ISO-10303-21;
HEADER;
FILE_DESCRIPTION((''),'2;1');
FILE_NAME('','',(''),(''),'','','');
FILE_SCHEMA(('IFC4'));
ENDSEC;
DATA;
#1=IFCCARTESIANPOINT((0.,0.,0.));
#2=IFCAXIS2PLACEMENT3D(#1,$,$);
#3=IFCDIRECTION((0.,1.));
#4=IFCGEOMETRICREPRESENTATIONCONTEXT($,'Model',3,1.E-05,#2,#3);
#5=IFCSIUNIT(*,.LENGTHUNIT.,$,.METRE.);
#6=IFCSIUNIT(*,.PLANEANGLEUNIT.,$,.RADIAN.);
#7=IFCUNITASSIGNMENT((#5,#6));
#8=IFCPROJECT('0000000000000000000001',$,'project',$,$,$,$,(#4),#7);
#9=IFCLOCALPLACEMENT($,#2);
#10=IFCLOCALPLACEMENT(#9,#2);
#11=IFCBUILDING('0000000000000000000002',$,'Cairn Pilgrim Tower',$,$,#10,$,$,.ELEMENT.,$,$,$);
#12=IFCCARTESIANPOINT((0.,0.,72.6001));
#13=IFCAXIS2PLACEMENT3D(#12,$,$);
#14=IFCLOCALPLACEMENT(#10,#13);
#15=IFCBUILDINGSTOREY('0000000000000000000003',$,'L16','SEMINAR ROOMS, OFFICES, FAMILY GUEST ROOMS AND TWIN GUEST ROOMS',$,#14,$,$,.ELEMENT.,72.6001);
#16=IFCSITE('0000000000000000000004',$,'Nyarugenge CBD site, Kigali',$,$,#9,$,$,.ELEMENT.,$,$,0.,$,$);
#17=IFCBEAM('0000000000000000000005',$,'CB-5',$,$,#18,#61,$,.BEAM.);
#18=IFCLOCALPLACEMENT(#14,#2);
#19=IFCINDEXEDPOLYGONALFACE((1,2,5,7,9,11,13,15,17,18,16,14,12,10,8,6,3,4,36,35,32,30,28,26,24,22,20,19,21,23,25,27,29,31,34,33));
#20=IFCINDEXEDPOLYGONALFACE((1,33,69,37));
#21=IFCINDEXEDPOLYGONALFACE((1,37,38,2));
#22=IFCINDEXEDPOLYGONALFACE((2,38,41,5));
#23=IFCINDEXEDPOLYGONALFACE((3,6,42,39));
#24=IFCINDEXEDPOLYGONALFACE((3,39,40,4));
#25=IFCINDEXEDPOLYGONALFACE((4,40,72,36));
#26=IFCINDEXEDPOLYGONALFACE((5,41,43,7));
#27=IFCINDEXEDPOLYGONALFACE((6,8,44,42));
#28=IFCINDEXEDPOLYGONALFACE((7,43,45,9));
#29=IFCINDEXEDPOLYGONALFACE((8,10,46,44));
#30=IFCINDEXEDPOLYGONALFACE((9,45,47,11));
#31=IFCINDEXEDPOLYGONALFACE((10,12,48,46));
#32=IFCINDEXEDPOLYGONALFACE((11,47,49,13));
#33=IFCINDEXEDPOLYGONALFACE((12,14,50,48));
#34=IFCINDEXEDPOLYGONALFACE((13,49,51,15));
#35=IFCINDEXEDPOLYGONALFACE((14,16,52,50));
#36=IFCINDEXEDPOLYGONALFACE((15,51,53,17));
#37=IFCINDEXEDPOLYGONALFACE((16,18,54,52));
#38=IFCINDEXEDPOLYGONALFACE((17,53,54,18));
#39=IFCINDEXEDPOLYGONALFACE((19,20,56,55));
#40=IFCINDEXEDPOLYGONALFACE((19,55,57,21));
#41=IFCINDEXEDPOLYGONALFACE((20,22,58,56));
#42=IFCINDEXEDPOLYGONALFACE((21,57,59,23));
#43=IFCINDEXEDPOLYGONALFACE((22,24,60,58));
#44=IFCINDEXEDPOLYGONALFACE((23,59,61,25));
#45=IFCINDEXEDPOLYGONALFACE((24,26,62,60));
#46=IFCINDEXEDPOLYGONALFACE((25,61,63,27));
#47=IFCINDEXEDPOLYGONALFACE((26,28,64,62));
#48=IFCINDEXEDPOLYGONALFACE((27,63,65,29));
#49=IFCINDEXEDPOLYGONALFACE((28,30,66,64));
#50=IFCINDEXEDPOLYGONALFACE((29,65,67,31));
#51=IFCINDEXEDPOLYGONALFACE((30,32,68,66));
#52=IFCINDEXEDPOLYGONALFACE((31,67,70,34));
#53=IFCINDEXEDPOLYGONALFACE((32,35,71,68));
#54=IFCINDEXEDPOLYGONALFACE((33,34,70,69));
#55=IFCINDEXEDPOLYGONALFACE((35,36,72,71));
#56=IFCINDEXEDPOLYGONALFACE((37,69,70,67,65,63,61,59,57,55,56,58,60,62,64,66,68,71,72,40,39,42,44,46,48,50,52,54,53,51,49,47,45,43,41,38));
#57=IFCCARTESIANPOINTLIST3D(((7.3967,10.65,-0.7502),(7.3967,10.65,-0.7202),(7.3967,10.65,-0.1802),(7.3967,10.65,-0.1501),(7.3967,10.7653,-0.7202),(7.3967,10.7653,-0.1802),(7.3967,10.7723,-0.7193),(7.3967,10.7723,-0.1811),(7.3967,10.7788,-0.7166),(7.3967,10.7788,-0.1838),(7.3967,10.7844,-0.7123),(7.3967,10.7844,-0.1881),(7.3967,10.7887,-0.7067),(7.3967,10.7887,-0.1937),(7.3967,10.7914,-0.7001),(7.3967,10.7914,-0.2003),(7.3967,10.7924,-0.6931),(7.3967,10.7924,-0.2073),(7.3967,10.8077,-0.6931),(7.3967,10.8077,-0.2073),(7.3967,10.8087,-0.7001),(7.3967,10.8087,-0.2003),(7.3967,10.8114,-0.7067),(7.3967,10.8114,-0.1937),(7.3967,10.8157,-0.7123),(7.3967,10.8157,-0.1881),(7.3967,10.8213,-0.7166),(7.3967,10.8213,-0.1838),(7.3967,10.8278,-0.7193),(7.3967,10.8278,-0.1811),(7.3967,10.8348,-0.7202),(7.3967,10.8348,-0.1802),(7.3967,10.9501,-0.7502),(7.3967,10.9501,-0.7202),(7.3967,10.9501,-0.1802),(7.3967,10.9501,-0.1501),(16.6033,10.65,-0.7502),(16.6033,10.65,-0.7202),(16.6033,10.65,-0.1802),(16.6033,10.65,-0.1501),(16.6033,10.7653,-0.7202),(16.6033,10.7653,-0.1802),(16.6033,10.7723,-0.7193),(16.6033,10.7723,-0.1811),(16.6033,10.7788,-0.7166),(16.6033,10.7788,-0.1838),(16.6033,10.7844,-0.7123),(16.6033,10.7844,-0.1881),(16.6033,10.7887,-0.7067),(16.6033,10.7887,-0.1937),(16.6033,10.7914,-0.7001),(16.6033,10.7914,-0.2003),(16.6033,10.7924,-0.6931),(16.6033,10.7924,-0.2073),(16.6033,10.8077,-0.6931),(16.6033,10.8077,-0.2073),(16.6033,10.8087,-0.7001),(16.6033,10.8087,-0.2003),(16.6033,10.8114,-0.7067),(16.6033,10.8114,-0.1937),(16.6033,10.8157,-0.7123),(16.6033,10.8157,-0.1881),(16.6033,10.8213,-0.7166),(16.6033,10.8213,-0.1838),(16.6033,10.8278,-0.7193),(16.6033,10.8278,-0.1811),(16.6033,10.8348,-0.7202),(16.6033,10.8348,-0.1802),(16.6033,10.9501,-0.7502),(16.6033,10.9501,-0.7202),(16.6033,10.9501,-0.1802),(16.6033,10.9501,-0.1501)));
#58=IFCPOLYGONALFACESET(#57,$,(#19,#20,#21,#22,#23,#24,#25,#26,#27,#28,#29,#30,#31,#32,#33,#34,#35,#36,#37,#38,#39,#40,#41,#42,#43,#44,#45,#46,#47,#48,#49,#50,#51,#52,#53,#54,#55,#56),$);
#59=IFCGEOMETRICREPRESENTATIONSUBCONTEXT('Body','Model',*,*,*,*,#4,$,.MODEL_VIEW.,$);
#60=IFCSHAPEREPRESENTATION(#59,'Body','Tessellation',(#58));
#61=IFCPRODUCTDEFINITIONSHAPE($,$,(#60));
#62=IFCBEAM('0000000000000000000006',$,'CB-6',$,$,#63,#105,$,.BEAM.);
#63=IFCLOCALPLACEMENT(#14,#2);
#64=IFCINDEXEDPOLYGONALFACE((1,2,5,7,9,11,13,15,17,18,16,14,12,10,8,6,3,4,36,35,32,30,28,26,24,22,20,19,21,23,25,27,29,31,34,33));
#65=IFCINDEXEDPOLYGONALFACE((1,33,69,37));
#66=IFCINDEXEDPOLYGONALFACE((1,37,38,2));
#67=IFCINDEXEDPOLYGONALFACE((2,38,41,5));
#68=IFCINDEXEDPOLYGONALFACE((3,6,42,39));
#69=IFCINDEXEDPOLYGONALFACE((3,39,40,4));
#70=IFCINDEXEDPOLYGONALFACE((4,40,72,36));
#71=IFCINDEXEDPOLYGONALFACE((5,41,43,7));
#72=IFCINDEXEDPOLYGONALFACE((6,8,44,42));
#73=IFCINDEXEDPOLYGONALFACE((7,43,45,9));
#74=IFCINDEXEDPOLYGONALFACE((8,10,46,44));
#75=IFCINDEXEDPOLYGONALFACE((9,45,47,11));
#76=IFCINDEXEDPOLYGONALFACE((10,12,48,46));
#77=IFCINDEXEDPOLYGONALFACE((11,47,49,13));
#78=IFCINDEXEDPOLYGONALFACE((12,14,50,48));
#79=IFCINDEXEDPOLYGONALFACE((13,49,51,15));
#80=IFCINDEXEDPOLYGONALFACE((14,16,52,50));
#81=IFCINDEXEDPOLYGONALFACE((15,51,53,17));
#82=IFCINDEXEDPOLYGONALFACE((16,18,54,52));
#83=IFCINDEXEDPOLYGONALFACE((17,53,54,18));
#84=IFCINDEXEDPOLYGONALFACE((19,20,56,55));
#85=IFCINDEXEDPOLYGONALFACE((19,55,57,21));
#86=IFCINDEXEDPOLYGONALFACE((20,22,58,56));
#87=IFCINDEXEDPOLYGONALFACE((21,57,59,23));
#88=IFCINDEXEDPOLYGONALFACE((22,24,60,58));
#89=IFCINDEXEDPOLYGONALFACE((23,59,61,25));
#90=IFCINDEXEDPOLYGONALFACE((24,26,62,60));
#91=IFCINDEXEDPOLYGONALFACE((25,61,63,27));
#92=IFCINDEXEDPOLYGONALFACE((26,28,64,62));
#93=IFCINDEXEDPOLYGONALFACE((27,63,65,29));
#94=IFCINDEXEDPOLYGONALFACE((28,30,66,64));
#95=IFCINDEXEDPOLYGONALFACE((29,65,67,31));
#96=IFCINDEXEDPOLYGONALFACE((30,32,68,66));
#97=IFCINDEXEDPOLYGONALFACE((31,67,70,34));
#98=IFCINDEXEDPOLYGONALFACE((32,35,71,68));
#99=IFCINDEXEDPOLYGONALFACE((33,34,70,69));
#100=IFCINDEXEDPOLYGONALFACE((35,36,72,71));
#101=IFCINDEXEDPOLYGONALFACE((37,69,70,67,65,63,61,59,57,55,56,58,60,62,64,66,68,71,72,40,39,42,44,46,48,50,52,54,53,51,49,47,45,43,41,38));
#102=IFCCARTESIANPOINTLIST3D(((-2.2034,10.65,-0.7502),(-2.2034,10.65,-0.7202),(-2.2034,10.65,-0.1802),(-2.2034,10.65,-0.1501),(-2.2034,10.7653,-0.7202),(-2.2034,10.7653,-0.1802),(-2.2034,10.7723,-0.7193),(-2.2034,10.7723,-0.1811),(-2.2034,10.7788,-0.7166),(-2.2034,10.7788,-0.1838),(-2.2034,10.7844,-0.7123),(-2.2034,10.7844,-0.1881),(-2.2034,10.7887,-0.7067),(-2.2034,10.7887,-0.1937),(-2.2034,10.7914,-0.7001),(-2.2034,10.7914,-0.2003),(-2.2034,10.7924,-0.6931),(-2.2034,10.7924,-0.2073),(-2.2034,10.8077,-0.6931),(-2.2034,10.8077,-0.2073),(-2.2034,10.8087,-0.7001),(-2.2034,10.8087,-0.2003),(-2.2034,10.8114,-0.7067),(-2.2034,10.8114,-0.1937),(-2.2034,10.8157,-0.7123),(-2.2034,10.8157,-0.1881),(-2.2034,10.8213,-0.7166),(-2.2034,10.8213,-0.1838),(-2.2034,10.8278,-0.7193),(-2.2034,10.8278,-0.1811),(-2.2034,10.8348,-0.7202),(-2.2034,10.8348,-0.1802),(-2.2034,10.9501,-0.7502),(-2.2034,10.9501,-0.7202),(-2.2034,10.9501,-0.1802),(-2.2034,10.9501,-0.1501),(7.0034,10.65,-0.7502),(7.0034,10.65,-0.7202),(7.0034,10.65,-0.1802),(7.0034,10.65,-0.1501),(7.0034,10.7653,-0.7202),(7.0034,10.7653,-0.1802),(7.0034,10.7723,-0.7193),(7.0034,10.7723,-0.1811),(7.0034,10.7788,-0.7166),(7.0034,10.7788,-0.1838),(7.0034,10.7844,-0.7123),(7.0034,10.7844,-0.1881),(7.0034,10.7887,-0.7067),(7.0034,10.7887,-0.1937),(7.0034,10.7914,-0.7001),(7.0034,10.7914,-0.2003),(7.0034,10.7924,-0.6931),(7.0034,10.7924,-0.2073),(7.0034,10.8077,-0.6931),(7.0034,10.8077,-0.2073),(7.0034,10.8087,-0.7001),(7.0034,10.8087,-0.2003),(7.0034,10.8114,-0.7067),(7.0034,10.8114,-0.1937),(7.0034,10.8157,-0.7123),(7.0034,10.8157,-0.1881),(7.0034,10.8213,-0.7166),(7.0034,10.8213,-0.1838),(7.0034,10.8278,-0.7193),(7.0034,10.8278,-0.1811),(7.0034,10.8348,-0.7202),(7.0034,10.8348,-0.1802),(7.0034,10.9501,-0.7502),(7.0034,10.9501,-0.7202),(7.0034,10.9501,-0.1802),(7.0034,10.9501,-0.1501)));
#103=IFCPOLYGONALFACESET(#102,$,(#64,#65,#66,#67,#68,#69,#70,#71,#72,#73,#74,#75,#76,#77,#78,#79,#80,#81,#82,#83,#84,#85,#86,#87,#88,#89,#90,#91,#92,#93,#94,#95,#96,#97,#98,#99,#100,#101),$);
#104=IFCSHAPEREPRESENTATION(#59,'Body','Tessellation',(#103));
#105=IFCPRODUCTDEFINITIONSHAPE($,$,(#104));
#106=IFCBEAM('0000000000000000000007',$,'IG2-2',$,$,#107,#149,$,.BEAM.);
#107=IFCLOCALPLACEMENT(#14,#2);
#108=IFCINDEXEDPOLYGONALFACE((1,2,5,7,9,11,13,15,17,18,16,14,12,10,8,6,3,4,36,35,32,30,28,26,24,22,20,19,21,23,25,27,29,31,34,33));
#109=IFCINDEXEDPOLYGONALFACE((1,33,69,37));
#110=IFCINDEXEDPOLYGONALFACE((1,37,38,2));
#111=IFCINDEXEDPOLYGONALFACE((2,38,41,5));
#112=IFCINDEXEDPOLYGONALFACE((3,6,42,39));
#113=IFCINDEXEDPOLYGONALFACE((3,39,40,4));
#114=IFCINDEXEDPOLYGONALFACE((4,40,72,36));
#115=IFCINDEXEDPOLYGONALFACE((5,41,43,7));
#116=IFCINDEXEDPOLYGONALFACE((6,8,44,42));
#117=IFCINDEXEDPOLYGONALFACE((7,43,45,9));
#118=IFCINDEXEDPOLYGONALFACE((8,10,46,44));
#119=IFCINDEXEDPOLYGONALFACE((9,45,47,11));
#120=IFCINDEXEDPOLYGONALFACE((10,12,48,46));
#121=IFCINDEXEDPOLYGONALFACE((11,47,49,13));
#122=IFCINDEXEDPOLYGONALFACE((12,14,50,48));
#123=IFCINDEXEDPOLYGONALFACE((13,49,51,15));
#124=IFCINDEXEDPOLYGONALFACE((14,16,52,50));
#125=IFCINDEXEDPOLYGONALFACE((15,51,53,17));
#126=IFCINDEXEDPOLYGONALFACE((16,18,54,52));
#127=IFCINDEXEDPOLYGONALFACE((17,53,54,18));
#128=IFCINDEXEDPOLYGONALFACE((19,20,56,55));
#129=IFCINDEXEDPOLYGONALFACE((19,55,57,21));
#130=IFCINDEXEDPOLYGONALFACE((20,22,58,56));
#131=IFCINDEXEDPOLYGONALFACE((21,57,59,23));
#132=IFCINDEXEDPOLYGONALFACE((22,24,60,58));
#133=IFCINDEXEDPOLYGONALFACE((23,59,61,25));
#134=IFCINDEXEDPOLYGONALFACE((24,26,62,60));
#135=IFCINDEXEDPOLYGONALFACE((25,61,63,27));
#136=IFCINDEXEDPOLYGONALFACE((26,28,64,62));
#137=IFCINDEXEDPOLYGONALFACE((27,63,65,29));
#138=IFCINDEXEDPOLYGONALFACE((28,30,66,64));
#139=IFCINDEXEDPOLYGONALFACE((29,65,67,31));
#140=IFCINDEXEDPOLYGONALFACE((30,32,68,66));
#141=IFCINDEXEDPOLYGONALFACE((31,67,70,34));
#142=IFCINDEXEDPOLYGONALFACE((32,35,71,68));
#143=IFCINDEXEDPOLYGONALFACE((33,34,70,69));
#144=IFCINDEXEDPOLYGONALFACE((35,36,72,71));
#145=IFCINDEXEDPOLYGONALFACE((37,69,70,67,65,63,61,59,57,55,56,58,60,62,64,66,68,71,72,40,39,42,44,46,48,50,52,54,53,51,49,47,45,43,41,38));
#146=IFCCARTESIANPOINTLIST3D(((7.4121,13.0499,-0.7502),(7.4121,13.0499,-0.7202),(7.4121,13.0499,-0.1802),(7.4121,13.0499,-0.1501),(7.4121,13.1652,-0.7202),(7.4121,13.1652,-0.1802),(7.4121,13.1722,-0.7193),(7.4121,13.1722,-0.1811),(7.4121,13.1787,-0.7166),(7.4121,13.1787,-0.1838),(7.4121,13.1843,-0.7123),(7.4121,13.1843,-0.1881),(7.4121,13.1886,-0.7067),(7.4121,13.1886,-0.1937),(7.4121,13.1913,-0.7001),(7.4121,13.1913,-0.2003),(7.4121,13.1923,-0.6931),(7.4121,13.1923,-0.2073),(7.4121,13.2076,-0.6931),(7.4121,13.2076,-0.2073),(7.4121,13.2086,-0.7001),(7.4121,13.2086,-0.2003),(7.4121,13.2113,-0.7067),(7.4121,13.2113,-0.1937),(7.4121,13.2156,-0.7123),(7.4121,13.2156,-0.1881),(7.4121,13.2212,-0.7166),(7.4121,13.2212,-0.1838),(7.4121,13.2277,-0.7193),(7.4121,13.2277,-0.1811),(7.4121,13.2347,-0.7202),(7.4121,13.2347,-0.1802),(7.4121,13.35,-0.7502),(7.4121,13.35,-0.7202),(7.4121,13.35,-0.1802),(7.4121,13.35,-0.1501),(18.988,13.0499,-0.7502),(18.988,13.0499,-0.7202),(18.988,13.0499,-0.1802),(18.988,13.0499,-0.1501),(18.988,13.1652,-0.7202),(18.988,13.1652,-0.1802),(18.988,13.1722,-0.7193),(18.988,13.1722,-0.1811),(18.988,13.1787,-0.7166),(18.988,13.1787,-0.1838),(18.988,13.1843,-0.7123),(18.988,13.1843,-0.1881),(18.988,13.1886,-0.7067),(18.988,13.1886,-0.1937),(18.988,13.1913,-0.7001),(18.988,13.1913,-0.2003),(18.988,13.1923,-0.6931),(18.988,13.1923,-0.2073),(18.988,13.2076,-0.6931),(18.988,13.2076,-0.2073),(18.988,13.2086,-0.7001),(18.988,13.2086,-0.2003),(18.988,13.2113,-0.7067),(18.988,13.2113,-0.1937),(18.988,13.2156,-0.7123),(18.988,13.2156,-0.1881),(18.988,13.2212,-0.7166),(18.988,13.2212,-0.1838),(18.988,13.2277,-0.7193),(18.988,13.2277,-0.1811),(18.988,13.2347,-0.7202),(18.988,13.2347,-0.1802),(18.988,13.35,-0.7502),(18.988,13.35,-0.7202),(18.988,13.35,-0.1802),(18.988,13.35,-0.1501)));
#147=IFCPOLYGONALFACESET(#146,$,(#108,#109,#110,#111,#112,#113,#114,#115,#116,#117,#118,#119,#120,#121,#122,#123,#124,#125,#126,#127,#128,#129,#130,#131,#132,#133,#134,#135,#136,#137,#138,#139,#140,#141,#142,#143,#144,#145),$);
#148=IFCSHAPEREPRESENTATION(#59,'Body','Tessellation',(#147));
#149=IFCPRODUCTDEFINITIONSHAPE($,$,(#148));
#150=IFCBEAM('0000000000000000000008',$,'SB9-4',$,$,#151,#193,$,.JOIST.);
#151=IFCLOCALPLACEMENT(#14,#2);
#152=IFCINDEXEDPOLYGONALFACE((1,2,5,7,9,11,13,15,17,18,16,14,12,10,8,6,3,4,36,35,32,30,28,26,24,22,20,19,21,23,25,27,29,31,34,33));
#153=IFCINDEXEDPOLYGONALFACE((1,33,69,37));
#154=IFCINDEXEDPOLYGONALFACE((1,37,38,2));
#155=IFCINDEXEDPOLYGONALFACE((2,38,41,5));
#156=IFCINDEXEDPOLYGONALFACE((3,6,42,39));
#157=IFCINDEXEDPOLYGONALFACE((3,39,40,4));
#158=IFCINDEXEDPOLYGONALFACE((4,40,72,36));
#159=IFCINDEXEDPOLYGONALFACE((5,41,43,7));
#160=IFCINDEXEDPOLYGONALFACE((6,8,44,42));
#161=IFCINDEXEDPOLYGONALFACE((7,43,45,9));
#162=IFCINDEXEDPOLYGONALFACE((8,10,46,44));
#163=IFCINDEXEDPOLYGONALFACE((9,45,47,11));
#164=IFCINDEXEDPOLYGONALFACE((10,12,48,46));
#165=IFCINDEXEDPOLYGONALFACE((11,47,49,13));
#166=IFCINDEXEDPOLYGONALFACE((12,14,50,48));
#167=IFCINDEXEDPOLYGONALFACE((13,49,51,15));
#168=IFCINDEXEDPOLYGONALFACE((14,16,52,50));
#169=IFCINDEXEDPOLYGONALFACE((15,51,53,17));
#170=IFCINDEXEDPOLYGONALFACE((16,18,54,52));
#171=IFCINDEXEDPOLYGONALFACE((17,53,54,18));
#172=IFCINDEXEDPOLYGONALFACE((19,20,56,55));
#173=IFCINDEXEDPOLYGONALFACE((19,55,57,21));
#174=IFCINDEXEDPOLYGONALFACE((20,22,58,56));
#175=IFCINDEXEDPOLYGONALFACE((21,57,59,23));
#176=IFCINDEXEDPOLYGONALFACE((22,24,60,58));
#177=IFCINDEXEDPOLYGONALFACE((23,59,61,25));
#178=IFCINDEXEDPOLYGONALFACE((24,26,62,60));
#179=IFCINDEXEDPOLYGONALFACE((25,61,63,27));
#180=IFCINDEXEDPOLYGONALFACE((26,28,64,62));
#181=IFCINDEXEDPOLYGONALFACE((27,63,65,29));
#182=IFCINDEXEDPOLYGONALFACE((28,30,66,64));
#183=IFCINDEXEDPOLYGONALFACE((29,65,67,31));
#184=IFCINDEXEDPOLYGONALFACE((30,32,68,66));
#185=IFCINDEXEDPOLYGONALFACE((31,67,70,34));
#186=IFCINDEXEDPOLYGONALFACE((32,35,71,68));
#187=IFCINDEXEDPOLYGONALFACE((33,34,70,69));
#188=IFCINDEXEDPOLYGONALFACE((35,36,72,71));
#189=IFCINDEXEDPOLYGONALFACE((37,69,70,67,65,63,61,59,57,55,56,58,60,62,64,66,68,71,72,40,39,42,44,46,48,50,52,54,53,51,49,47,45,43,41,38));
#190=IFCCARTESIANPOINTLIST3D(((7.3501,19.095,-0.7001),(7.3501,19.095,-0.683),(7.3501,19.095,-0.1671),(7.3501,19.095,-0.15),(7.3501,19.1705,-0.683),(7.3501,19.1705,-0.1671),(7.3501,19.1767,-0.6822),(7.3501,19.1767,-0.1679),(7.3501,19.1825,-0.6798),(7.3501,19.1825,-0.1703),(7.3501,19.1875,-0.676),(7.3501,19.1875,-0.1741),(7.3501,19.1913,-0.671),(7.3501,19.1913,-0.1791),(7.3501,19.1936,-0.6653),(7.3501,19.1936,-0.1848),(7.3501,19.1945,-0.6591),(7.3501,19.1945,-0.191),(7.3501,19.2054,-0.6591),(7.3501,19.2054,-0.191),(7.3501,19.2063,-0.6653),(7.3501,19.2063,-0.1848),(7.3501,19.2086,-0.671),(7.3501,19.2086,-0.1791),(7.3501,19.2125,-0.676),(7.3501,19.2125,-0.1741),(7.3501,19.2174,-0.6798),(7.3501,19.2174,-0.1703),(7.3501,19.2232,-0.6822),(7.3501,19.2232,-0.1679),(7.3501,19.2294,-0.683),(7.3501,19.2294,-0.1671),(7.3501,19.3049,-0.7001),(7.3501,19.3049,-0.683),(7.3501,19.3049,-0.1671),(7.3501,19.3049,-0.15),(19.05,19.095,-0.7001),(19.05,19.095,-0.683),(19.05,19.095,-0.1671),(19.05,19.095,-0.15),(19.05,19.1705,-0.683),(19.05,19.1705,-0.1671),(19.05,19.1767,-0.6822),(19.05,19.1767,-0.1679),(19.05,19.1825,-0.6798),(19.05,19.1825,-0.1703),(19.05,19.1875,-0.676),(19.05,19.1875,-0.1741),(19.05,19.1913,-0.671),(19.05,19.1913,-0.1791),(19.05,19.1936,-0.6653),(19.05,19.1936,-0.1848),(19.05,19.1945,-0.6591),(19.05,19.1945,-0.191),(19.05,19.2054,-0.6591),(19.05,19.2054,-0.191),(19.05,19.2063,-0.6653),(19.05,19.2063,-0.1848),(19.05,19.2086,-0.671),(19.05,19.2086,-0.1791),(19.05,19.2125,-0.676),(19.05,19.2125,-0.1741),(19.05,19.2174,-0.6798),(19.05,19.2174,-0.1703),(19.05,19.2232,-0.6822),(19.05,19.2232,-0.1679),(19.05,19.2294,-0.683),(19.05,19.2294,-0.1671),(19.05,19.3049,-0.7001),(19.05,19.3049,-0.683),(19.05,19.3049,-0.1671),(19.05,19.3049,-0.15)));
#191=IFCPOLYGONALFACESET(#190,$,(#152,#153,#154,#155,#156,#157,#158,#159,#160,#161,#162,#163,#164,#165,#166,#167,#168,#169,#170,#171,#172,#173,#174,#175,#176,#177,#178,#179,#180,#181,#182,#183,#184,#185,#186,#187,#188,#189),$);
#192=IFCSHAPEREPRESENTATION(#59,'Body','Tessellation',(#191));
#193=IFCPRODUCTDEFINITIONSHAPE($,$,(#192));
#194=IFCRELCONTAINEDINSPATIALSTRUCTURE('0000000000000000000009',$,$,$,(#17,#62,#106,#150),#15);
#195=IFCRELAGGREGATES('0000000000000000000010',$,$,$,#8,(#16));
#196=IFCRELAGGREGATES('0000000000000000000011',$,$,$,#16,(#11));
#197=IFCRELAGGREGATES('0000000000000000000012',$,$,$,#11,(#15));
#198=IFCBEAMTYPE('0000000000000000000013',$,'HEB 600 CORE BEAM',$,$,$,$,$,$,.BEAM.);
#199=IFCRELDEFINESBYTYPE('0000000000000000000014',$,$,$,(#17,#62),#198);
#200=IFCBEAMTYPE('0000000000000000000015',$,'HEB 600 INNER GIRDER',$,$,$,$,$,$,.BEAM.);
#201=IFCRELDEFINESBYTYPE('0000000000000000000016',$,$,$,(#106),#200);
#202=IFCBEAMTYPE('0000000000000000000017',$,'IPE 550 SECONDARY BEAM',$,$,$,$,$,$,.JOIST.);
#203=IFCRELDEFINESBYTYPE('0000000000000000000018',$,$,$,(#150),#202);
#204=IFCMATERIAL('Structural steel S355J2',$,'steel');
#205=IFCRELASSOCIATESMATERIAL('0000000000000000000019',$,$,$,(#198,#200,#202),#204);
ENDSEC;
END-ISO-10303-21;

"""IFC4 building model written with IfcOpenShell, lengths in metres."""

from ifc_helpers import new_model, si_unit, direction, frame, origin, origin_2d, place, context, subcontext, project, spatial, i_section, extrude, material, material_profile, profile_set, type_object, element, save


model = new_model("IFC4")

# Units and contexts
model_context = context("Model", 3, precision=1e-05, world=origin(), true_north=direction((0.0, 1.0)))
body_context = subcontext(model_context, "Body", "Model", "MODEL_VIEW")
ifc_project = project(units=[si_unit("LENGTHUNIT", "METRE"), si_unit("PLANEANGLEUNIT", "RADIAN")], contexts=[model_context])

# Site, building, storey
site_placement = place(None, origin())
site = spatial("IfcSite", under=ifc_project, at=site_placement, Name="Nyarugenge CBD site, Kigali", CompositionType="ELEMENT", RefElevation=0.0)
building_placement = place(site_placement, origin())
building = spatial("IfcBuilding", under=site, at=building_placement, Name="Cairn Pilgrim Tower", CompositionType="ELEMENT")
storey_placement = place(building_placement, frame((0.0, 0.0, 72.6001)))
storey = spatial("IfcBuildingStorey", under=building, at=storey_placement, Name="L16", Description="SEMINAR ROOMS, OFFICES, FAMILY GUEST ROOMS AND TWIN GUEST ROOMS", CompositionType="ELEMENT", Elevation=72.6001)

# Beams
ifc_material_1 = material(Name="Structural steel S355J2", Category="steel")
ifc_material_profile_1 = material_profile(ifc_material_1, i_section(OverallWidth=0.3, OverallDepth=0.6001, WebThickness=0.0154, FlangeThickness=0.03, FilletRadius=0.0271, at=origin_2d()), Name="HEB 600")
ifc_profile_set_1 = profile_set([ifc_material_profile_1], Name="Structural steel S355J2")
beam_type_1 = type_object("IfcBeamType", Name="HEB 600 CORE BEAM", PredefinedType="BEAM", material=ifc_profile_set_1)
beam_1_placement = place(storey_placement, frame((16.6033, 10.8, -0.4502), z_axis=(-1.0, 0.0, 0.0), x_axis=(0.0, -1.0, 0.0)))
element("IfcBeam", 1, at=beam_1_placement, inside=storey, type_object=beam_type_1, Name="CB-5", PredefinedType="BEAM", context=body_context, shape_type="SweptSolid", body=[
    extrude(i_section(OverallWidth=0.3, OverallDepth=0.6001, WebThickness=0.0154, FlangeThickness=0.03, FilletRadius=0.0271, at=origin_2d()), origin(), (0.0, 0.0, 1.0), 9.2065),
])
beam_2_placement = place(storey_placement, frame((7.0034, 10.8, -0.4502), z_axis=(-1.0, 0.0, 0.0), x_axis=(0.0, -1.0, 0.0)))
element("IfcBeam", 2, at=beam_2_placement, inside=storey, type_object=beam_type_1, Name="CB-6", PredefinedType="BEAM", context=body_context, shape_type="SweptSolid", body=[
    extrude(i_section(OverallWidth=0.3, OverallDepth=0.6001, WebThickness=0.0154, FlangeThickness=0.03, FilletRadius=0.0271, at=origin_2d()), origin(), (0.0, 0.0, 1.0), 9.2068),
])
ifc_material_profile_2 = material_profile(ifc_material_1, i_section(OverallWidth=0.3, OverallDepth=0.6001, WebThickness=0.0154, FlangeThickness=0.03, FilletRadius=0.0271, at=origin_2d()), Name="HEB 600")
ifc_profile_set_2 = profile_set([ifc_material_profile_2], Name="Structural steel S355J2")
beam_type_2 = type_object("IfcBeamType", Name="HEB 600 INNER GIRDER", PredefinedType="BEAM", material=ifc_profile_set_2)
beam_3_placement = place(storey_placement, frame((7.4121, 13.2, -0.4502), z_axis=(1.0, 0.0, 0.0), x_axis=(0.0, 1.0, 0.0)))
element("IfcBeam", 3, at=beam_3_placement, inside=storey, type_object=beam_type_2, Name="IG2-2", PredefinedType="BEAM", context=body_context, shape_type="SweptSolid", body=[
    extrude(i_section(OverallWidth=0.3, OverallDepth=0.6001, WebThickness=0.0154, FlangeThickness=0.03, FilletRadius=0.0271, at=origin_2d()), origin(), (0.0, 0.0, 1.0), 11.5759),
])
ifc_material_profile_3 = material_profile(ifc_material_1, i_section(OverallWidth=0.21, OverallDepth=0.55, WebThickness=0.011, FlangeThickness=0.0171, FilletRadius=0.0239, at=origin_2d()), Name="IPE 550")
ifc_profile_set_3 = profile_set([ifc_material_profile_3], Name="Structural steel S355J2")
beam_type_3 = type_object("IfcBeamType", Name="IPE 550 SECONDARY BEAM", PredefinedType="JOIST", material=ifc_profile_set_3)
beam_4_placement = place(storey_placement, frame((7.3501, 19.2, -0.425), z_axis=(1.0, 0.0, 0.0), x_axis=(0.0, 1.0, 0.0)))
element("IfcBeam", 4, at=beam_4_placement, inside=storey, type_object=beam_type_3, Name="SB9-4", PredefinedType="JOIST", context=body_context, shape_type="SweptSolid", body=[
    extrude(i_section(OverallWidth=0.21, OverallDepth=0.55, WebThickness=0.011, FlangeThickness=0.0171, FilletRadius=0.0239, at=origin_2d()), origin(), (0.0, 0.0, 1.0), 11.7),
])

save(model, "model.ifc")
